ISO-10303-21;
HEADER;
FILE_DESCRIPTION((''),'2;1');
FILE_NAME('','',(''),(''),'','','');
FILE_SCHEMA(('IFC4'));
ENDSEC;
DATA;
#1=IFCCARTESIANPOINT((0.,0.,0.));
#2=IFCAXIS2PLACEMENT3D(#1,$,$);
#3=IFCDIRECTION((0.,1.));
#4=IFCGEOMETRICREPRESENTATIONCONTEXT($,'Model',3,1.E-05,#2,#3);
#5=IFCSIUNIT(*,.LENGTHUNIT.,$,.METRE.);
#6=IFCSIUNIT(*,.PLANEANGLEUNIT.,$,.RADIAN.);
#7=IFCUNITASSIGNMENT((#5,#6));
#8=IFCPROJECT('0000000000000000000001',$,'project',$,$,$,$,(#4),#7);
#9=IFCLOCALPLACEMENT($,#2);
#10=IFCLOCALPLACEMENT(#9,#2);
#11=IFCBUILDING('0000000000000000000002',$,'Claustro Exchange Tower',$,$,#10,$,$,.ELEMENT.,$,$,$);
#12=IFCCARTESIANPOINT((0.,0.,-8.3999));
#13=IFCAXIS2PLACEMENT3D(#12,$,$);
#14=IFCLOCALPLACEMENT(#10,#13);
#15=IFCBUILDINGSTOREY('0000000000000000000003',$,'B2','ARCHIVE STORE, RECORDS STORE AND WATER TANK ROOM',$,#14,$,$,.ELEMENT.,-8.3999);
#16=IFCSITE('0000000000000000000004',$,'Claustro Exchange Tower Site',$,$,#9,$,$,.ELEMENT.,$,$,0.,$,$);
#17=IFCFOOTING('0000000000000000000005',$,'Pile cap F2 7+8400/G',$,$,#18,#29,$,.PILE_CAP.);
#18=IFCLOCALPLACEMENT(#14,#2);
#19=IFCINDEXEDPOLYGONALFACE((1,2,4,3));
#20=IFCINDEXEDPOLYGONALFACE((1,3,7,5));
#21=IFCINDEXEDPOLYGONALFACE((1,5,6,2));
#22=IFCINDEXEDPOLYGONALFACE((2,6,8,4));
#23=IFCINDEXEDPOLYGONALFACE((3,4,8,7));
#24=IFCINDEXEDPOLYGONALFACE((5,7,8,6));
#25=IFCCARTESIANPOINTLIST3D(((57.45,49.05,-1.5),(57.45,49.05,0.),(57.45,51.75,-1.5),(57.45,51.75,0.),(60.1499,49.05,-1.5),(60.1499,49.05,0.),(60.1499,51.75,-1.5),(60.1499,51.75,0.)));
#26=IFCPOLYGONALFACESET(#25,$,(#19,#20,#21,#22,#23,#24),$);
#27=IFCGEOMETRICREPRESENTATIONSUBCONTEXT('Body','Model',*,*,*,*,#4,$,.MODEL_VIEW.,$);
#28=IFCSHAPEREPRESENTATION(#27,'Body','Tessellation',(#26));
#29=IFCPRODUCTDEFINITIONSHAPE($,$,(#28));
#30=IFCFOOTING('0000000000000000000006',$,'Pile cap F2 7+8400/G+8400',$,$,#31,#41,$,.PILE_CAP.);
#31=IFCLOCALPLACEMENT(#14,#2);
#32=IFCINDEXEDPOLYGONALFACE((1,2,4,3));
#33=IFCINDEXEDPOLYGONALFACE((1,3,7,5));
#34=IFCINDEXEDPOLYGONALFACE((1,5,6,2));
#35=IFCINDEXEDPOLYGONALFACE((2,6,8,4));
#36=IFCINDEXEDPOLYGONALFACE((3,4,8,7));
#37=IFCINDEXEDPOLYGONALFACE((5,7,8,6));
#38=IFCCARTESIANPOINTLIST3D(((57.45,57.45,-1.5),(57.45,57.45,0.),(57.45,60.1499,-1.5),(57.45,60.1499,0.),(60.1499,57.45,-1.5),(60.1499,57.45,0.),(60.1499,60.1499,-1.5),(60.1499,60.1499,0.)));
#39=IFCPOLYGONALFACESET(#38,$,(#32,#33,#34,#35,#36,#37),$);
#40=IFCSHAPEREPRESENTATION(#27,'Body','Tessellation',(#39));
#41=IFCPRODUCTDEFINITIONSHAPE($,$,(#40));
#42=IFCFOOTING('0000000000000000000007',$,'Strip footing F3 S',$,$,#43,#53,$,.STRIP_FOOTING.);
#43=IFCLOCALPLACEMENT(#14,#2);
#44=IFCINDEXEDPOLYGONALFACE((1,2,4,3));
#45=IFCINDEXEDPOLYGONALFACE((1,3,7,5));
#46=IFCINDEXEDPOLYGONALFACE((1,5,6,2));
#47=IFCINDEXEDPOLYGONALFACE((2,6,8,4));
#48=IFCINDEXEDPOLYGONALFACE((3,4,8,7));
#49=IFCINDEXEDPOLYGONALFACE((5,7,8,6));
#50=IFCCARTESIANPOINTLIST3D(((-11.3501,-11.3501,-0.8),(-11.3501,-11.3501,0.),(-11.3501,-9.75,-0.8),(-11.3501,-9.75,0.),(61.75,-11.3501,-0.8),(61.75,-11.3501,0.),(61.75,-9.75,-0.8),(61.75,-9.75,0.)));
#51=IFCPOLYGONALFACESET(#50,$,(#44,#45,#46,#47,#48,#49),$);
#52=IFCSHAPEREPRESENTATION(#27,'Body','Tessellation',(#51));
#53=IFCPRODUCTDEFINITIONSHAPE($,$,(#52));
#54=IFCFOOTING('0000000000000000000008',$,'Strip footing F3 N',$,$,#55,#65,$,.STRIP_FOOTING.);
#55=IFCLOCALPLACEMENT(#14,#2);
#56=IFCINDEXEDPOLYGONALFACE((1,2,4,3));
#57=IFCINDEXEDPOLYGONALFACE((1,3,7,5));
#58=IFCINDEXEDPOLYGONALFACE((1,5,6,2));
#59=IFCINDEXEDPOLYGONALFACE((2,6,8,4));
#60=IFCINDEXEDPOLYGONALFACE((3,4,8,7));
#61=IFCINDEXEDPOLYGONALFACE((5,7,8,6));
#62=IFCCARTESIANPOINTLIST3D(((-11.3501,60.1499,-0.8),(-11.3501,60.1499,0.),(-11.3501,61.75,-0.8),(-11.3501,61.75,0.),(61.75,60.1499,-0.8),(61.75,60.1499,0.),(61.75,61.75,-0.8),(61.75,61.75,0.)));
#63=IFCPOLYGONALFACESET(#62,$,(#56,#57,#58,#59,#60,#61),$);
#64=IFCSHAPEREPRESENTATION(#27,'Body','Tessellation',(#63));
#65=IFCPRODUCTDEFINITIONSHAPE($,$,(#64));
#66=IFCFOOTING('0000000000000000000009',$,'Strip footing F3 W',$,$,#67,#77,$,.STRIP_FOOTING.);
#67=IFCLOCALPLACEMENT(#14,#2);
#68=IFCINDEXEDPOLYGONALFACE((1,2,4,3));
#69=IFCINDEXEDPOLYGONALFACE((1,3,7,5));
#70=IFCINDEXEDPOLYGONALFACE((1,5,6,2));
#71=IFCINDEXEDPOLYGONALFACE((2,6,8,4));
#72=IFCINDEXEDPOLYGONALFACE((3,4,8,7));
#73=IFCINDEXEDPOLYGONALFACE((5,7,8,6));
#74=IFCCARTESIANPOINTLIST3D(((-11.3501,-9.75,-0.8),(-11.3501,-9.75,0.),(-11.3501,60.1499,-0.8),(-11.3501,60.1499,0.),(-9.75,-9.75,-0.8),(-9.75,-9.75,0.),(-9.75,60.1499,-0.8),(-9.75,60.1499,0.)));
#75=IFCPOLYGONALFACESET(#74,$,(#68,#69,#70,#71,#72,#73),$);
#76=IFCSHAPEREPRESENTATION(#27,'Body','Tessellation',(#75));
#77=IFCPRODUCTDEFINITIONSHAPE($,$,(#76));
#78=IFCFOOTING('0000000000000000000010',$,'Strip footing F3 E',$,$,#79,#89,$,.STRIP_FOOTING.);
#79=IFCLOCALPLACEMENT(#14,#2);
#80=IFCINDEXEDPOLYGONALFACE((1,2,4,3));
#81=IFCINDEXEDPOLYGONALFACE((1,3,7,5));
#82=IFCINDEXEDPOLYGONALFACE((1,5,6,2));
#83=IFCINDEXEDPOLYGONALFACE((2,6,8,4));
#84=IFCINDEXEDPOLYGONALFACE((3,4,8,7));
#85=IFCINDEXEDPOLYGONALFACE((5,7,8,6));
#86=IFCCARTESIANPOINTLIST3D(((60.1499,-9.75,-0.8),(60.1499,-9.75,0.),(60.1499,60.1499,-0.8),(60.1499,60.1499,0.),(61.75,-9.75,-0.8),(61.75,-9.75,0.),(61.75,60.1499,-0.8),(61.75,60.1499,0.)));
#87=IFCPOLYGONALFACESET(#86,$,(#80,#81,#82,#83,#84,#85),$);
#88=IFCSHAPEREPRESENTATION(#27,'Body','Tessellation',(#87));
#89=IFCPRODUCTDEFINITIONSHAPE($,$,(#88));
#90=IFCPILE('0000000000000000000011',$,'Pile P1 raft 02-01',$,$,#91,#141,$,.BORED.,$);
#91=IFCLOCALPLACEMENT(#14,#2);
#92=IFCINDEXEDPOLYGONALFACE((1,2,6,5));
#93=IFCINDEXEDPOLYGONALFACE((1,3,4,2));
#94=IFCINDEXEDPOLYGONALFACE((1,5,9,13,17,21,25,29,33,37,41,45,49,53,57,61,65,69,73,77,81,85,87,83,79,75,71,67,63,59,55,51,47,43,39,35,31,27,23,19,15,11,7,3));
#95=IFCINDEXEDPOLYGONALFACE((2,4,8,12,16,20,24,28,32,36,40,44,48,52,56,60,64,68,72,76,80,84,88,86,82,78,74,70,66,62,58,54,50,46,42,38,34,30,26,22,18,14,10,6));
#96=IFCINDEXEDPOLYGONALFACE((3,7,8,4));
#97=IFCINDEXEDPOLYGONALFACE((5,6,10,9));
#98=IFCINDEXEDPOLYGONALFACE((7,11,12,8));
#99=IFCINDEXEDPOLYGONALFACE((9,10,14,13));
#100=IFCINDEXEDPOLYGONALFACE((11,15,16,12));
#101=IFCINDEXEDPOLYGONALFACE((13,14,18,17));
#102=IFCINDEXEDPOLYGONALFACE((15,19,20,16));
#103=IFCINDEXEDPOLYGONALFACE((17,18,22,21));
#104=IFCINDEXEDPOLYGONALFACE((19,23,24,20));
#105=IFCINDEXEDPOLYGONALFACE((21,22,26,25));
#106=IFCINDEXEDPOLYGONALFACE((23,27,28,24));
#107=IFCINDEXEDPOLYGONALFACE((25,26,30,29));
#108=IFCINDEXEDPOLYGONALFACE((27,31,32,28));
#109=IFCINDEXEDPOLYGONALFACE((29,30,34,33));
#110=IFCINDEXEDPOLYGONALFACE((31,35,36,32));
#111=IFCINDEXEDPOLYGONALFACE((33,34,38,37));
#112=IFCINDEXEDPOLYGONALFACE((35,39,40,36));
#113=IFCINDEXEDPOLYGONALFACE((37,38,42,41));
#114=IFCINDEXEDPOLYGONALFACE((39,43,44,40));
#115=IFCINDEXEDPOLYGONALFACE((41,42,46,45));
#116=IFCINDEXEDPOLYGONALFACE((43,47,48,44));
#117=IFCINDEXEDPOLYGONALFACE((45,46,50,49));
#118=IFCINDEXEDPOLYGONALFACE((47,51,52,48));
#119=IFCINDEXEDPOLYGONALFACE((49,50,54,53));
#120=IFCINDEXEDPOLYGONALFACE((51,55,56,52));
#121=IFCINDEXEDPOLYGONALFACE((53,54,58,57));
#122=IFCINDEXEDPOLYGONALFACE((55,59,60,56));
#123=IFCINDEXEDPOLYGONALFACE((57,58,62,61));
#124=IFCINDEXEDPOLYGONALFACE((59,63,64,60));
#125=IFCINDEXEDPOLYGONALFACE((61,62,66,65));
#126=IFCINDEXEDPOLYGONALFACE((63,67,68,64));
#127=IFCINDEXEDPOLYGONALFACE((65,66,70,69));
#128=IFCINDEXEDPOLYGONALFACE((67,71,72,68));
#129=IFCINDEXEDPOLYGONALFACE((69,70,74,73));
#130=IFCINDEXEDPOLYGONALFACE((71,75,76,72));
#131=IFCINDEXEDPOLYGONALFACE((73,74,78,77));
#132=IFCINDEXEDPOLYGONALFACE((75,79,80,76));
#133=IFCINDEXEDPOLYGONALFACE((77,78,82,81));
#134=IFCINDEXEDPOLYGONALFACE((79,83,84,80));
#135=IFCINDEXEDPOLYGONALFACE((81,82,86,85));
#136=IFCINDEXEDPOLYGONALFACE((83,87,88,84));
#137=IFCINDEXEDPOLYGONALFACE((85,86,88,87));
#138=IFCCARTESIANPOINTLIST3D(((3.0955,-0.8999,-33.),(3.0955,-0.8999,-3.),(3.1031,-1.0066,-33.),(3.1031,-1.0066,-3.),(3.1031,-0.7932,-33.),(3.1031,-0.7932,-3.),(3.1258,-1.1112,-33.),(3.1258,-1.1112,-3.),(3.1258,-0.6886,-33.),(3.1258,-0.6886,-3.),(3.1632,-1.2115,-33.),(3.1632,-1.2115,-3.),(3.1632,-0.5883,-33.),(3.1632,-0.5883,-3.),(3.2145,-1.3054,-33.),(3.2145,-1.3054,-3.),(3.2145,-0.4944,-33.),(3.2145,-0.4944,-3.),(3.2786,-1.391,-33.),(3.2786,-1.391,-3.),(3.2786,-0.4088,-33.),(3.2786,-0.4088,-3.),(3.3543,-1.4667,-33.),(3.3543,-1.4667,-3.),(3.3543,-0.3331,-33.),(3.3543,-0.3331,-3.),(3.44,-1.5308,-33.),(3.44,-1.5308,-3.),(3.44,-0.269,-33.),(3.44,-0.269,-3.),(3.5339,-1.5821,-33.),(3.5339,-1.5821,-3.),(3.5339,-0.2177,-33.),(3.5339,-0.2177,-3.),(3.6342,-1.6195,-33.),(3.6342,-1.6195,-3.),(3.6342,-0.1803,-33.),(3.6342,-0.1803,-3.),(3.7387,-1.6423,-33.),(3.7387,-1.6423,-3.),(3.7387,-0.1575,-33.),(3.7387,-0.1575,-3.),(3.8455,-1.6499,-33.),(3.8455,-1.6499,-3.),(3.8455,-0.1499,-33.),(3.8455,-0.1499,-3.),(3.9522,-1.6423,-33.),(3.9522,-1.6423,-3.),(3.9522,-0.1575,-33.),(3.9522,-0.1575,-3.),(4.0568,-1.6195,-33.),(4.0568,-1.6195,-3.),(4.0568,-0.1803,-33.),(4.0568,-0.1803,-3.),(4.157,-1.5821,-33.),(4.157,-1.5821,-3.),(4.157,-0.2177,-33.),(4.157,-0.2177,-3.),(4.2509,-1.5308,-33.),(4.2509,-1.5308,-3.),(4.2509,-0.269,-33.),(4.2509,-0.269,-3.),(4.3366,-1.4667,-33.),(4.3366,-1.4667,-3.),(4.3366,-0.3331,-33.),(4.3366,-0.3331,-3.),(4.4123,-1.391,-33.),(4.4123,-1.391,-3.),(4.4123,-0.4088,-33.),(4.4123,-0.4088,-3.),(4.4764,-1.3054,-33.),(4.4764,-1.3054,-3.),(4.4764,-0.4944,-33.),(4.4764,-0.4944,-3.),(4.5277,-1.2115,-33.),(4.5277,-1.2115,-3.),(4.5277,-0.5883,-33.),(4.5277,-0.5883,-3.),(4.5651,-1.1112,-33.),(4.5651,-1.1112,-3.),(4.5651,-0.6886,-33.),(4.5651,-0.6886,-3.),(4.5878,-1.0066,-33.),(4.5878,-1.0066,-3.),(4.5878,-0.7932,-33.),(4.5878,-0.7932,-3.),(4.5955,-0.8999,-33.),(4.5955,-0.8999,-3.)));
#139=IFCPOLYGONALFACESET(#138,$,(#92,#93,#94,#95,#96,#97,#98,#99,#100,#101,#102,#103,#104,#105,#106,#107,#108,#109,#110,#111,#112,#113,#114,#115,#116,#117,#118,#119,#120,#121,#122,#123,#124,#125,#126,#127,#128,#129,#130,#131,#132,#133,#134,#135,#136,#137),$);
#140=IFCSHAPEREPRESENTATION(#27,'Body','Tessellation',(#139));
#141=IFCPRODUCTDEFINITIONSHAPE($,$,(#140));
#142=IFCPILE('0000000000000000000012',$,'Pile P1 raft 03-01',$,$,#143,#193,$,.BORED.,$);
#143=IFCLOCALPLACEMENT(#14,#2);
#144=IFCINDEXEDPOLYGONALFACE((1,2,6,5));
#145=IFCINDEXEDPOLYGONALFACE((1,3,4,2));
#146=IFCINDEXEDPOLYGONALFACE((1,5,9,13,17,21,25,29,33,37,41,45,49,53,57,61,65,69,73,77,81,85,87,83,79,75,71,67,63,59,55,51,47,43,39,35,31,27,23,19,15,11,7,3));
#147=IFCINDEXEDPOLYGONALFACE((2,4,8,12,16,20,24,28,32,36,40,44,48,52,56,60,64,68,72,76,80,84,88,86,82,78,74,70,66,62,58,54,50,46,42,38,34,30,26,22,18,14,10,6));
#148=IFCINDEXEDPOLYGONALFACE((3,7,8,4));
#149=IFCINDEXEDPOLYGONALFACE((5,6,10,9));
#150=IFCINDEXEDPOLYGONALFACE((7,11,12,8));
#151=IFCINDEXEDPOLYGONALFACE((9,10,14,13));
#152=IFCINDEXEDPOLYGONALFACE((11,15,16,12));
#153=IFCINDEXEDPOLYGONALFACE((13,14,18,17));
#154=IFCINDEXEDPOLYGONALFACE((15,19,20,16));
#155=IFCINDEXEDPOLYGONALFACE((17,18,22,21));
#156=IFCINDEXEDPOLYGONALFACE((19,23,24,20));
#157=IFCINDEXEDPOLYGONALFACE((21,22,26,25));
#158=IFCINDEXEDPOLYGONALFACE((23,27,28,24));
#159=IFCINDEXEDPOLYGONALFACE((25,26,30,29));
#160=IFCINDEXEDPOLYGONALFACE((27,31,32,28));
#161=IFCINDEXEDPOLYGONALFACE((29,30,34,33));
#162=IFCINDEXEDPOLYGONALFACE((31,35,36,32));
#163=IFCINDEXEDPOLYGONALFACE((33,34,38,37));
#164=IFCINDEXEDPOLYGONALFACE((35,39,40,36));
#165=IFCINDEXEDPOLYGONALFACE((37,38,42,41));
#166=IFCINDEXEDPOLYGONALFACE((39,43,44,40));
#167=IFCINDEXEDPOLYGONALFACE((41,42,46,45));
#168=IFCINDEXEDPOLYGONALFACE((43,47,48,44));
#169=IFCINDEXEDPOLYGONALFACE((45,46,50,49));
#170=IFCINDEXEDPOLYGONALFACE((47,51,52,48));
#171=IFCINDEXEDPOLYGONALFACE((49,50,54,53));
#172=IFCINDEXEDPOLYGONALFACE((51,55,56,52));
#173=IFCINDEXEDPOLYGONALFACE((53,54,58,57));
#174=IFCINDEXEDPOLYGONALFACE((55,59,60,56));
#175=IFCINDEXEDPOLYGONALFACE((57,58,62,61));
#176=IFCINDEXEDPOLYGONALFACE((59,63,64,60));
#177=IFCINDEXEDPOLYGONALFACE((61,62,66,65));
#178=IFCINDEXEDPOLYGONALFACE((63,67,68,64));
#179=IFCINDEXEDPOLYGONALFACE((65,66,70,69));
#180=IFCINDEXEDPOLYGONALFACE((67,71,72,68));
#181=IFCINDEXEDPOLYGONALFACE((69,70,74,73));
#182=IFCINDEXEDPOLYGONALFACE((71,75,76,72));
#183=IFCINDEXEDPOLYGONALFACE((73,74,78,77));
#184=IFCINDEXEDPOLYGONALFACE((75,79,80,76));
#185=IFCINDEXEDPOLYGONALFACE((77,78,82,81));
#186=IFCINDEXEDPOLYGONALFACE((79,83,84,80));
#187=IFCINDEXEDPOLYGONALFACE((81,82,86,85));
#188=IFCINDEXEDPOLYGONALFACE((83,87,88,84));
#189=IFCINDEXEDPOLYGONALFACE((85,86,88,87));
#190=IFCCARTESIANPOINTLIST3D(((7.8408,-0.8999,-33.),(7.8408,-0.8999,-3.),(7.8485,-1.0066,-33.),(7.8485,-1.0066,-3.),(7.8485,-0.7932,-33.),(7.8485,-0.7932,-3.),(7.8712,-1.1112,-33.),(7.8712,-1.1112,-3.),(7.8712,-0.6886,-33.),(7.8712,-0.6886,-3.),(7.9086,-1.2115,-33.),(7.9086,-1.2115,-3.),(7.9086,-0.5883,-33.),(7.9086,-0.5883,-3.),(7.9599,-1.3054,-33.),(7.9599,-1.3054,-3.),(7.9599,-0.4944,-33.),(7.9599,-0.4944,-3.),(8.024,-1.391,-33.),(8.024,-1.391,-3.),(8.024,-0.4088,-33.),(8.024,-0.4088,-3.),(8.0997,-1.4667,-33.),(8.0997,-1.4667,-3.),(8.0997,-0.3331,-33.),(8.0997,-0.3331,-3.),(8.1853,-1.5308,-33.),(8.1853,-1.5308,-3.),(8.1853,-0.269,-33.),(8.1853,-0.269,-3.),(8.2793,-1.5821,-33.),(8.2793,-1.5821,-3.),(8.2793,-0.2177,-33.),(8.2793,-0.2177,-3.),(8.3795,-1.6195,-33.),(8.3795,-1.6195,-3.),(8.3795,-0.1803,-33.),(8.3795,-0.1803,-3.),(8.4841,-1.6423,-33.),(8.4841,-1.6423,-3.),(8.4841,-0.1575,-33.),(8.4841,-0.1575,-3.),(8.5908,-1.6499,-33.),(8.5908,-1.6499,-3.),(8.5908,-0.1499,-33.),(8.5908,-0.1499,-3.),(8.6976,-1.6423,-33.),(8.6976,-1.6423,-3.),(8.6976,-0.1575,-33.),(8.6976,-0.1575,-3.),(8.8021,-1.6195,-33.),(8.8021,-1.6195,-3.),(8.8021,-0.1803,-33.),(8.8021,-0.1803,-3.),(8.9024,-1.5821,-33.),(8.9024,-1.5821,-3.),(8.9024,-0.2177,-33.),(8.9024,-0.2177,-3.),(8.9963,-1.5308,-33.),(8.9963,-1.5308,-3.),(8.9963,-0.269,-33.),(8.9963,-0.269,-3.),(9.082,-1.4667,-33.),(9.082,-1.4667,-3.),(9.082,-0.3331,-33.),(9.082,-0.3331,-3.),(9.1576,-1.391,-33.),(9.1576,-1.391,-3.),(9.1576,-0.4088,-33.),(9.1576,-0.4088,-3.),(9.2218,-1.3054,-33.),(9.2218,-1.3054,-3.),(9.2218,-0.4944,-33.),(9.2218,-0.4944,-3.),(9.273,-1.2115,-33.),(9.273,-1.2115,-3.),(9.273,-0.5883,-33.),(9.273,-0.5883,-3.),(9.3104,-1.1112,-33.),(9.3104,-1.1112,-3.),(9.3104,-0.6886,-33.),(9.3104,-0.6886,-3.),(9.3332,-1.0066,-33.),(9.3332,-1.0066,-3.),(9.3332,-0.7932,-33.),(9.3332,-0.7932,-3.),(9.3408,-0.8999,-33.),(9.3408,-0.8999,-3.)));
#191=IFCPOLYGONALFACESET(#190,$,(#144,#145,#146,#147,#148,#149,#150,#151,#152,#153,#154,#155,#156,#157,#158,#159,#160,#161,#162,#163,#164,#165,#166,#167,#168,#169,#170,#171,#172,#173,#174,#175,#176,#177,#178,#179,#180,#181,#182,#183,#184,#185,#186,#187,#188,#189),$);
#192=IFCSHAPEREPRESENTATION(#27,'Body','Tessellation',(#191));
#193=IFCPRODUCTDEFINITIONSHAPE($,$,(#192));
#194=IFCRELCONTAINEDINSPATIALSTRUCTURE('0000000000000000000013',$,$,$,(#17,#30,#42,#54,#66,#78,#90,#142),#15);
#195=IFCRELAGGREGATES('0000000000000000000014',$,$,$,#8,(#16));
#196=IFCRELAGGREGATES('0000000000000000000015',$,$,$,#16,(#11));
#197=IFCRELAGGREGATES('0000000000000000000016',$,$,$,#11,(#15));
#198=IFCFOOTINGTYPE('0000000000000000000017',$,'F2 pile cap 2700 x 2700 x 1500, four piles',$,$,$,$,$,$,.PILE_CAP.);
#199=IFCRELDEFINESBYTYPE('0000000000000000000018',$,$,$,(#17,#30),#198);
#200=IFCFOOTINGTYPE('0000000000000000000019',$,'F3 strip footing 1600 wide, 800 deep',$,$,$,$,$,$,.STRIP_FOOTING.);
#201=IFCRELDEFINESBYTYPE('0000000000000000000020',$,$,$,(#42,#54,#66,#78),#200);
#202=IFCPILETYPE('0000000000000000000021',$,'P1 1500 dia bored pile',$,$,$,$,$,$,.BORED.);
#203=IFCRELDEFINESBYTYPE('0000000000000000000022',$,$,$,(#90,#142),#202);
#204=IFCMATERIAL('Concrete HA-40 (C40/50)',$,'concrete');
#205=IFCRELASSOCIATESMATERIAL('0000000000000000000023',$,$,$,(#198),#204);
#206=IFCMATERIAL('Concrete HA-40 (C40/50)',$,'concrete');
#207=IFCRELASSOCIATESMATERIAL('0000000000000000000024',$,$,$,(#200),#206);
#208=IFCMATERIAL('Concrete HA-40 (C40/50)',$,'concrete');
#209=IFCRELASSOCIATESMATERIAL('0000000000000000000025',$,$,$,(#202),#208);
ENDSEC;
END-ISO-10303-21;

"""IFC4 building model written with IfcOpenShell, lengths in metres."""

from ifc_helpers import new_model, si_unit, direction, frame, origin, origin_2d, place, context, subcontext, project, spatial, polyline, circle, outline, extrude, material, type_object, element, save


model = new_model("IFC4")

# Units and contexts
model_context = context("Model", 3, precision=1e-05, world=origin(), true_north=direction((0.0, 1.0)))
body_context = subcontext(model_context, "Body", "Model", "MODEL_VIEW")
ifc_project = project(units=[si_unit("LENGTHUNIT", "METRE"), si_unit("PLANEANGLEUNIT", "RADIAN")], contexts=[model_context])

# Site, building, storey
site_placement = place(None, origin())
site = spatial("IfcSite", under=ifc_project, at=site_placement, Name="Claustro Exchange Tower Site", CompositionType="ELEMENT", RefElevation=0.0)
building_placement = place(site_placement, origin())
building = spatial("IfcBuilding", under=site, at=building_placement, Name="Claustro Exchange Tower", CompositionType="ELEMENT")
storey_placement = place(building_placement, frame((0.0, 0.0, -8.3999)))
storey = spatial("IfcBuildingStorey", under=building, at=storey_placement, Name="B2", Description="ARCHIVE STORE, RECORDS STORE AND WATER TANK ROOM", CompositionType="ELEMENT", Elevation=-8.3999)

# Footings
ifc_material_1 = material(Name="Concrete HA-40 (C40/50)", Category="concrete")
footing_type_1 = type_object("IfcFootingType", Name="F2 pile cap 2700 x 2700 x 1500, four piles", PredefinedType="PILE_CAP", material=ifc_material_1)
footing_1_placement = place(storey_placement, frame((0.0, 0.0, -1.5)))
element("IfcFooting", 1, at=footing_1_placement, inside=storey, type_object=footing_type_1, Name="Pile cap F2 7+8400/G", PredefinedType="PILE_CAP", context=body_context, shape_type="SweptSolid", body=[
    extrude(outline(polyline([(60.1499, 49.05), (60.1499, 51.75), (57.45, 51.75), (57.45, 49.05), (60.1499, 49.05)])), origin(), (0.0, 0.0, 1.0), 1.5),
])
footing_2_placement = place(storey_placement, frame((0.0, 0.0, -1.5)))
element("IfcFooting", 2, at=footing_2_placement, inside=storey, type_object=footing_type_1, Name="Pile cap F2 7+8400/G+8400", PredefinedType="PILE_CAP", context=body_context, shape_type="SweptSolid", body=[
    extrude(outline(polyline([(60.1499, 57.45), (60.1499, 60.1499), (57.45, 60.1499), (57.45, 57.45), (60.1499, 57.45)])), origin(), (0.0, 0.0, 1.0), 1.5),
])
ifc_material_2 = material(Name="Concrete HA-40 (C40/50)", Category="concrete")
footing_type_2 = type_object("IfcFootingType", Name="F3 strip footing 1600 wide, 800 deep", PredefinedType="STRIP_FOOTING", material=ifc_material_2)
footing_3_placement = place(storey_placement, frame((0.0, 0.0, -0.8)))
element("IfcFooting", 3, at=footing_3_placement, inside=storey, type_object=footing_type_2, Name="Strip footing F3 S", PredefinedType="STRIP_FOOTING", context=body_context, shape_type="SweptSolid", body=[
    extrude(outline(polyline([(61.75, -11.3501), (61.75, -9.75), (-11.3501, -9.75), (-11.3501, -11.3501), (61.75, -11.3501)])), origin(), (0.0, 0.0, 1.0), 0.8),
])
footing_4_placement = place(storey_placement, frame((0.0, 0.0, -0.8)))
element("IfcFooting", 4, at=footing_4_placement, inside=storey, type_object=footing_type_2, Name="Strip footing F3 N", PredefinedType="STRIP_FOOTING", context=body_context, shape_type="SweptSolid", body=[
    extrude(outline(polyline([(61.75, 60.1499), (61.75, 61.75), (-11.3501, 61.75), (-11.3501, 60.1499), (61.75, 60.1499)])), origin(), (0.0, 0.0, 1.0), 0.8),
])
footing_5_placement = place(storey_placement, frame((0.0, 0.0, -0.8)))
element("IfcFooting", 5, at=footing_5_placement, inside=storey, type_object=footing_type_2, Name="Strip footing F3 W", PredefinedType="STRIP_FOOTING", context=body_context, shape_type="SweptSolid", body=[
    extrude(outline(polyline([(-9.75, -9.75), (-9.75, 60.1499), (-11.3501, 60.1499), (-11.3501, -9.75), (-9.75, -9.75)])), origin(), (0.0, 0.0, 1.0), 0.8),
])
footing_6_placement = place(storey_placement, frame((0.0, 0.0, -0.8)))
element("IfcFooting", 6, at=footing_6_placement, inside=storey, type_object=footing_type_2, Name="Strip footing F3 E", PredefinedType="STRIP_FOOTING", context=body_context, shape_type="SweptSolid", body=[
    extrude(outline(polyline([(61.75, -9.75), (61.75, 60.1499), (60.1499, 60.1499), (60.1499, -9.75), (61.75, -9.75)])), origin(), (0.0, 0.0, 1.0), 0.8),
])

# Piles
ifc_material_3 = material(Name="Concrete HA-40 (C40/50)", Category="concrete")
pile_type_1 = type_object("IfcPileType", Name="P1 1500 dia bored pile", PredefinedType="BORED", material=ifc_material_3)
for number, where, z_axis, x_axis, name in (
    (7, (3.8455, -0.8999, -3.0), (0.0, 0.0, -1.0), (1.0, 0.0, 0.0), "Pile P1 raft 02-01"),
    (8, (8.5908, -0.8999, -3.0), (0.0, 0.0, -1.0), (1.0, 0.0, 0.0), "Pile P1 raft 03-01"),
):
    element("IfcPile", number, at=place(storey_placement, frame(where, z_axis=z_axis, x_axis=x_axis)), inside=storey, type_object=pile_type_1, Name=name, PredefinedType="BORED", context=body_context, shape_type="SweptSolid", body=[
        extrude(circle(Radius=0.75, at=origin_2d()), origin(), (0.0, 0.0, 1.0), 30.0),
    ])

save(model, "model.ifc")
